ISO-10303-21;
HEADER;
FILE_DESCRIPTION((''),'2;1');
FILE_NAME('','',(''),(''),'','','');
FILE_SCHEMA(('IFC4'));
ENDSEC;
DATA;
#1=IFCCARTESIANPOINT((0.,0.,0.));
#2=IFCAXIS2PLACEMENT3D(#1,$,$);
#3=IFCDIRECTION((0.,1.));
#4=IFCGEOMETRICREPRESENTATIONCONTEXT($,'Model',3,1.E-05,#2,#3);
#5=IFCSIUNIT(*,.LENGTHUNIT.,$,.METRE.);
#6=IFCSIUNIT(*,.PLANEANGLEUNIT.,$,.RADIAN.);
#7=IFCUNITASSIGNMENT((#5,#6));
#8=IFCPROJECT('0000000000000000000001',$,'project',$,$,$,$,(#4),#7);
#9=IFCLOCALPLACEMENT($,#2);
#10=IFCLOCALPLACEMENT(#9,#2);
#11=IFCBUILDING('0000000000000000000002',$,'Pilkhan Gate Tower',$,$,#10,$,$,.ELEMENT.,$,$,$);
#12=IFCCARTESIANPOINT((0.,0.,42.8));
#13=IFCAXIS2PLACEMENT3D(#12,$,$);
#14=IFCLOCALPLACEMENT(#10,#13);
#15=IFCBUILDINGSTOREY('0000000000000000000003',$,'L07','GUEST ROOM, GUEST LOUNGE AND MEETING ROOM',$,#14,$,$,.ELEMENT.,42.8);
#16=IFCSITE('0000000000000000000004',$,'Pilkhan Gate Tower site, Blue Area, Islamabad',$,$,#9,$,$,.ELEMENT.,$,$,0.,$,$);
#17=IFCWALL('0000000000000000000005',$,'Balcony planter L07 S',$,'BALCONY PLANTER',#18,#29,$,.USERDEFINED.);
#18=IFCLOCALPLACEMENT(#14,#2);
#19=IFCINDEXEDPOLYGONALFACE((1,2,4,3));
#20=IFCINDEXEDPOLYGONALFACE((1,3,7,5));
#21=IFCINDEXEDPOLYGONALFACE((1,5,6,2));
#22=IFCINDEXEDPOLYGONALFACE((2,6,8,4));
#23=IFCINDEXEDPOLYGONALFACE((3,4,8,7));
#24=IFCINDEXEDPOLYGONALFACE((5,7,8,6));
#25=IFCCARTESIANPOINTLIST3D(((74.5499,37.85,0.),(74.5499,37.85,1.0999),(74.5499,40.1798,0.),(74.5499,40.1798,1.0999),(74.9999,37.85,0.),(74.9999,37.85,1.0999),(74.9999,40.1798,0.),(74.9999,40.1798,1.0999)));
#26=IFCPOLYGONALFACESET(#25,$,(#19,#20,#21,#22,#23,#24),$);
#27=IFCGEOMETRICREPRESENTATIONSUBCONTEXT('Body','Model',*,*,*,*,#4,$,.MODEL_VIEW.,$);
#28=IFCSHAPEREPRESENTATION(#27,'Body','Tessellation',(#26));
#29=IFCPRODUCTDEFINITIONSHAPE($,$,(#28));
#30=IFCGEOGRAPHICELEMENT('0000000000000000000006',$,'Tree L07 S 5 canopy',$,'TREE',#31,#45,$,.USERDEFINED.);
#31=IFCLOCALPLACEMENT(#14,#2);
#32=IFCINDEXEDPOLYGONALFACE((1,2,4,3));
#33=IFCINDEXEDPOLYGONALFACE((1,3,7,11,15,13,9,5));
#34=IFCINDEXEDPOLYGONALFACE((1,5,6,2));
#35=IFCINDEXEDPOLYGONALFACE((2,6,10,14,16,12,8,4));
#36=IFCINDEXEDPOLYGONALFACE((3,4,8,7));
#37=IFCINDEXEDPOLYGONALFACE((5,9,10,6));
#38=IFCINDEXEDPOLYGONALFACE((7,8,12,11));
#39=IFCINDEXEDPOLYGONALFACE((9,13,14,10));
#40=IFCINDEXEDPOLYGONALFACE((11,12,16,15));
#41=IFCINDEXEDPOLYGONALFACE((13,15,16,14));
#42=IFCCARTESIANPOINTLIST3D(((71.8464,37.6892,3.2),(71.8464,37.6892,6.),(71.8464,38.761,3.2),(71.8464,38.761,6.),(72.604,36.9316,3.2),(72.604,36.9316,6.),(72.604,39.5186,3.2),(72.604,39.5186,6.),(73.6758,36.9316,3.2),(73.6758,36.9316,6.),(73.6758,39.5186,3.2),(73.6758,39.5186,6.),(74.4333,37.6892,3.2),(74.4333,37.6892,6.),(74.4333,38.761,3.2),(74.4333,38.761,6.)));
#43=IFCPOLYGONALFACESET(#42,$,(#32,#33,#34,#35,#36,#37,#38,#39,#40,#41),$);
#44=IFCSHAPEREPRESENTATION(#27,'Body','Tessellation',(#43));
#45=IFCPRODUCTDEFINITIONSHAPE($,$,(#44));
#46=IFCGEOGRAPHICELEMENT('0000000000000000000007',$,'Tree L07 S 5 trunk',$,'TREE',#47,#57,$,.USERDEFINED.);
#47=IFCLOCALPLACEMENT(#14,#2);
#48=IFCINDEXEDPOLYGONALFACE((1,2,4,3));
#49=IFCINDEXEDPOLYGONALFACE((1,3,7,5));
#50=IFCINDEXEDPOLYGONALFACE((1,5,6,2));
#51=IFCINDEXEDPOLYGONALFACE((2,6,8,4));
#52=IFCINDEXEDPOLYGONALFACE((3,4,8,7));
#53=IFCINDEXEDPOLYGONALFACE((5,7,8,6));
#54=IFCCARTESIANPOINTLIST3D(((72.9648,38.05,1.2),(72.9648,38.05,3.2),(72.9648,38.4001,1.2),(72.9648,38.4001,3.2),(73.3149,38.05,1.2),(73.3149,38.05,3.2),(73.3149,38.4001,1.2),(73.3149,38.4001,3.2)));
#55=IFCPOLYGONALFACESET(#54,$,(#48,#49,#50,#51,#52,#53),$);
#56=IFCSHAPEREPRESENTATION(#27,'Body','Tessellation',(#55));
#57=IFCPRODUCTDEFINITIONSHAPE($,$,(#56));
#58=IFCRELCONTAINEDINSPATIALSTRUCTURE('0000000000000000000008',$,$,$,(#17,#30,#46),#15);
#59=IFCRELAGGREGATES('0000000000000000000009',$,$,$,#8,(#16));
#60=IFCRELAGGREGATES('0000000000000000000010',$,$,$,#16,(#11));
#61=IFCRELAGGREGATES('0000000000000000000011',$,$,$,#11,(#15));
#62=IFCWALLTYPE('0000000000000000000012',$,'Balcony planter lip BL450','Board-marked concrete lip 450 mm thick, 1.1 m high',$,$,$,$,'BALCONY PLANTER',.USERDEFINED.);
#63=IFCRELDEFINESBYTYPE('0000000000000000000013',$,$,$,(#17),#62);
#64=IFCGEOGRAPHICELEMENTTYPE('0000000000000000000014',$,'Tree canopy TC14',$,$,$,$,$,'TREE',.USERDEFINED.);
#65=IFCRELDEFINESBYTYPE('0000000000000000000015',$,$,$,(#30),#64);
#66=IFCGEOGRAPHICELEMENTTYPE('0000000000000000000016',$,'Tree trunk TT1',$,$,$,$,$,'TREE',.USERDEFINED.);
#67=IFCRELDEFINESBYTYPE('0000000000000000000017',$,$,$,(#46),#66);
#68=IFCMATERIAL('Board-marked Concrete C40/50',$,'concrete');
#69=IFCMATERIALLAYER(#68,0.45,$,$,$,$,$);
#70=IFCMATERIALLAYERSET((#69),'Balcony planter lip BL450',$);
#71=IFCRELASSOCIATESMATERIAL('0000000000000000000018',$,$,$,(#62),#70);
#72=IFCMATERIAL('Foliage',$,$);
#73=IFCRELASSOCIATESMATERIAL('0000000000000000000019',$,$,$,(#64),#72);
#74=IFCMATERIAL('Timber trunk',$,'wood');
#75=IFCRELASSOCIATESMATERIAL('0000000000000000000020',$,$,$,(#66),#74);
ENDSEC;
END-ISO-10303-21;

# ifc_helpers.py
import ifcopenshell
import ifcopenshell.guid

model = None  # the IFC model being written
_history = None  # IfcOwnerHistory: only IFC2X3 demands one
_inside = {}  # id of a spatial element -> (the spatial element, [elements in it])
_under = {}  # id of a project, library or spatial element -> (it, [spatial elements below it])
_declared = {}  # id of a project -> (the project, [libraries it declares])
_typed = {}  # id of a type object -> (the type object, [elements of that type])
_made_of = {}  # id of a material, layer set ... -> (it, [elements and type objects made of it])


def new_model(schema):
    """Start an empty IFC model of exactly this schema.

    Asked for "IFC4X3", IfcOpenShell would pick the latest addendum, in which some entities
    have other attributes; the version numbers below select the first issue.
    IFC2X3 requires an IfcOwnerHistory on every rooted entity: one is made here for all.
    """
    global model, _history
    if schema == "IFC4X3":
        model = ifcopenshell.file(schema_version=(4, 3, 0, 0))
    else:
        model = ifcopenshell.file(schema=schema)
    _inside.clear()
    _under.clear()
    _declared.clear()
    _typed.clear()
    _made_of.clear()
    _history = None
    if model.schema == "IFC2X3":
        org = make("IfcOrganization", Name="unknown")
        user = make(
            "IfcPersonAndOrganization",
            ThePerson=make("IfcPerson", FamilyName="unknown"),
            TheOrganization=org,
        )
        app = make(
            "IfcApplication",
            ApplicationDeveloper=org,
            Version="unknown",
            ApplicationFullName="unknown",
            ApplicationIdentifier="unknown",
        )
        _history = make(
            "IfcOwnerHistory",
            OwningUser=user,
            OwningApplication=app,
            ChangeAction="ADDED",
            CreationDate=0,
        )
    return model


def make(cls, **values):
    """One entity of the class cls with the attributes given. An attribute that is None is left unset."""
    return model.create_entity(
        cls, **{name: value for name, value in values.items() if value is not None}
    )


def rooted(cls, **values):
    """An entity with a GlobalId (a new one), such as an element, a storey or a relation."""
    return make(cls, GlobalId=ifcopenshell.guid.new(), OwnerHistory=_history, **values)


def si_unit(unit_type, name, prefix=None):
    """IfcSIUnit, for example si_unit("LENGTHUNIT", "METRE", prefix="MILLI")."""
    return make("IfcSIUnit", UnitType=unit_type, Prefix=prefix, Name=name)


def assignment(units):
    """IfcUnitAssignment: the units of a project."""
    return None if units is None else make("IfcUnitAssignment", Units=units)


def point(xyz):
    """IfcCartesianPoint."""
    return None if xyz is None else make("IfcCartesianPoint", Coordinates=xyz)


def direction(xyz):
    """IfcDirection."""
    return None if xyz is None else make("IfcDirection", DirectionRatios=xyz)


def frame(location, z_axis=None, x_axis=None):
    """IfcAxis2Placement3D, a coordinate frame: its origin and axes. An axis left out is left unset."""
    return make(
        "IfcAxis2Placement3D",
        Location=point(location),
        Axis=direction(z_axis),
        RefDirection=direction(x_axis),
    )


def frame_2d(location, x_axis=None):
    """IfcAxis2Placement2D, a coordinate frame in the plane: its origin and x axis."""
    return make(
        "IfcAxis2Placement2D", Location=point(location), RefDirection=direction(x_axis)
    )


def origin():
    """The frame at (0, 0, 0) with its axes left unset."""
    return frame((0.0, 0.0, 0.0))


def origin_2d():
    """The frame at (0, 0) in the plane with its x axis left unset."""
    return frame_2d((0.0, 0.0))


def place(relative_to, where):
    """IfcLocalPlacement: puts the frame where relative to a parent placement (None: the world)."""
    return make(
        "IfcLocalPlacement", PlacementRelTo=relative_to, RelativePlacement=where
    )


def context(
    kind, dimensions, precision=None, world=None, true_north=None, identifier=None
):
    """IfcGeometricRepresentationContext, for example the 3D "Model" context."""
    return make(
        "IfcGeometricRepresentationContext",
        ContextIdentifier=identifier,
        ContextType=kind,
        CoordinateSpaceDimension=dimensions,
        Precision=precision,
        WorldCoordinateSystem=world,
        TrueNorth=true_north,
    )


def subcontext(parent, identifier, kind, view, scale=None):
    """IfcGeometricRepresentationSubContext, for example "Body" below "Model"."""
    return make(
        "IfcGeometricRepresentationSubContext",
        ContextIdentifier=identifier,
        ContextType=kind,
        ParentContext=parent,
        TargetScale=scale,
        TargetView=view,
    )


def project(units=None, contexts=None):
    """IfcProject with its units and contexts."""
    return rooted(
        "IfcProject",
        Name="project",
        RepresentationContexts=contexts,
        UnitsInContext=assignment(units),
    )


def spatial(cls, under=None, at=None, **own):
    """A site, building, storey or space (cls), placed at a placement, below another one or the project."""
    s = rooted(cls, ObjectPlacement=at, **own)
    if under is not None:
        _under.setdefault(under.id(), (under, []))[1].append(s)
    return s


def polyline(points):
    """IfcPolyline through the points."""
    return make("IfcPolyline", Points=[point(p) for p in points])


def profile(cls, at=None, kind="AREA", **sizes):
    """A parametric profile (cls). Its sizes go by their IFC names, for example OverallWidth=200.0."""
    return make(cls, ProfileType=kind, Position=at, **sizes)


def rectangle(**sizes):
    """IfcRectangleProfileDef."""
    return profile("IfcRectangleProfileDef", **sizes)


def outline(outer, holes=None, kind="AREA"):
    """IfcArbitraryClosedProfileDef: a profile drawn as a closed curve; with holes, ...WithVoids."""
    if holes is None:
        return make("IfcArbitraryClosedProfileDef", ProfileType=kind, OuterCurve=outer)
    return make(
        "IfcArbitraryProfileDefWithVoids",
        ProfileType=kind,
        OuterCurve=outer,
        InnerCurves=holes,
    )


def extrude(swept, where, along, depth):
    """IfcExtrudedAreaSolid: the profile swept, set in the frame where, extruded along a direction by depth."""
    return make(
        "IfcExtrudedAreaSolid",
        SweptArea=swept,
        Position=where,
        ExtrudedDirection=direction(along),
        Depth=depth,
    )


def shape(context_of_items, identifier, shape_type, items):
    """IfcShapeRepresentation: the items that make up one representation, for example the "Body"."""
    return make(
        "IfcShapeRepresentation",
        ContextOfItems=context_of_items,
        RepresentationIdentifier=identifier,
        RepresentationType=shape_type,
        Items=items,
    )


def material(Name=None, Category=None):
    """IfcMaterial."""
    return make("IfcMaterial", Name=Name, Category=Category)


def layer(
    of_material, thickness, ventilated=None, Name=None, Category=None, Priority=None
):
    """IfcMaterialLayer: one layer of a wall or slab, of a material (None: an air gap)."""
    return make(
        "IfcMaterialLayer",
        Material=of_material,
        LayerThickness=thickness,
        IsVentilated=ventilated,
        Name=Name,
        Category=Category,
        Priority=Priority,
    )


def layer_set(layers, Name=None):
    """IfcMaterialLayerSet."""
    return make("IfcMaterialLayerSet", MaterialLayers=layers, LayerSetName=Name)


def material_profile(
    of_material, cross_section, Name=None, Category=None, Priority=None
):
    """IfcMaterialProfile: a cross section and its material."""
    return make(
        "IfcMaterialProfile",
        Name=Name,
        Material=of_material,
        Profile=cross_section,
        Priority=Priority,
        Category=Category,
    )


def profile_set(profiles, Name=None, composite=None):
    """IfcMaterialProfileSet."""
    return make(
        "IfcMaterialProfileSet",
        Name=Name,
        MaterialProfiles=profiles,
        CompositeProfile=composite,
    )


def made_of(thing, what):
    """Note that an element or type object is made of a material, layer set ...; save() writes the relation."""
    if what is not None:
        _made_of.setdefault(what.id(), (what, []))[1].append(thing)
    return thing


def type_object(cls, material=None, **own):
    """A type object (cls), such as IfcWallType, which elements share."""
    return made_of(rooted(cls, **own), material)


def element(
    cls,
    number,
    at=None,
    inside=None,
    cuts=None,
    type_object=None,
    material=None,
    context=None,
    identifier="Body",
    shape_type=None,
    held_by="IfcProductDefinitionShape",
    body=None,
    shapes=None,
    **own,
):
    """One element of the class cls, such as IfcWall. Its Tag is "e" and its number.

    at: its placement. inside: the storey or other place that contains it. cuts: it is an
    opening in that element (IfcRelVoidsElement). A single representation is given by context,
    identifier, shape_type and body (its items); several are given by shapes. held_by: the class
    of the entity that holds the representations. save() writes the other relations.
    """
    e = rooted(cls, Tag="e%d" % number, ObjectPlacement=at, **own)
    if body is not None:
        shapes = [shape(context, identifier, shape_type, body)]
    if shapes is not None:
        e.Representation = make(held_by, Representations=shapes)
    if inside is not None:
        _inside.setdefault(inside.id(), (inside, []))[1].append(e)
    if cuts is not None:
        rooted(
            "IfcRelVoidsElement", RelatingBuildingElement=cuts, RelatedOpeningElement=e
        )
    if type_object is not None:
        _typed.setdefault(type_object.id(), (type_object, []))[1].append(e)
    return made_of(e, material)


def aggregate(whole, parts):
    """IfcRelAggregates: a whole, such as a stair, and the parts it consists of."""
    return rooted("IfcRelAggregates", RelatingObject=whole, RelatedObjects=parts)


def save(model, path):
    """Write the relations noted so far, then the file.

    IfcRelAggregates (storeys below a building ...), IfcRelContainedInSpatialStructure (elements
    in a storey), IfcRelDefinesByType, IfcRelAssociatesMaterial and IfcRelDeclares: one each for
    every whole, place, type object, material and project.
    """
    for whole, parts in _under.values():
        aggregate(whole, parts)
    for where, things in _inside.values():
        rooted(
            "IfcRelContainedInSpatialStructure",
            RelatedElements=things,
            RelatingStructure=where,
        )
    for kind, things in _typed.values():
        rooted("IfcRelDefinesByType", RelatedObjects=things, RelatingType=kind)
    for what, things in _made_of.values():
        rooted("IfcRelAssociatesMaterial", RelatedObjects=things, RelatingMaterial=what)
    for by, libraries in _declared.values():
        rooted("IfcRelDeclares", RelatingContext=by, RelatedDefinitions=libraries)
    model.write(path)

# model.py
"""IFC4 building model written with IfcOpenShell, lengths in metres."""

from ifc_helpers import new_model, si_unit, direction, frame, frame_2d, origin, origin_2d, place, context, subcontext, project, spatial, polyline, rectangle, outline, extrude, material, layer, layer_set, material_profile, profile_set, type_object, element, save


model = new_model("IFC4")

# Units and contexts
model_context = context("Model", 3, precision=1e-05, world=origin(), true_north=direction((0.0, 1.0)))
body_context = subcontext(model_context, "Body", "Model", "MODEL_VIEW")
ifc_project = project(units=[si_unit("LENGTHUNIT", "METRE"), si_unit("PLANEANGLEUNIT", "RADIAN")], contexts=[model_context])

# Site, building, storey
site_placement = place(None, origin())
site = spatial("IfcSite", under=ifc_project, at=site_placement, Name="Pilkhan Gate Tower site, Blue Area, Islamabad", CompositionType="ELEMENT", RefElevation=0.0)
building_placement = place(site_placement, origin())
building = spatial("IfcBuilding", under=site, at=building_placement, Name="Pilkhan Gate Tower", CompositionType="ELEMENT")
storey_placement = place(building_placement, frame((0.0, 0.0, 42.8)))
storey = spatial("IfcBuildingStorey", under=building, at=storey_placement, Name="L07", Description="GUEST ROOM, GUEST LOUNGE AND MEETING ROOM", CompositionType="ELEMENT", Elevation=42.8)

# Wall
ifc_material_1 = material(Name="Board-marked Concrete C40/50", Category="concrete")
ifc_layer_1 = layer(ifc_material_1, 0.45)
ifc_layer_set_1 = layer_set([ifc_layer_1], Name="Balcony planter lip BL450")
wall_type_1 = type_object("IfcWallType", Name="Balcony planter lip BL450", Description="Board-marked concrete lip 450 mm thick, 1.1 m high", ElementType="BALCONY PLANTER", PredefinedType="USERDEFINED", material=ifc_layer_set_1)
wall_1_placement = place(storey_placement, frame((74.7749, 40.1799, 0.0), z_axis=(0.0, 0.0, 1.0), x_axis=(0.0, -1.0, 0.0)))
element("IfcWall", 1, at=wall_1_placement, inside=storey, type_object=wall_type_1, Name="Balcony planter L07 S", ObjectType="BALCONY PLANTER", PredefinedType="USERDEFINED", context=body_context, shape_type="SweptSolid", body=[
    extrude(rectangle(XDim=2.3298, YDim=0.45, at=frame_2d((1.165, 0.0))), origin(), (0.0, 0.0, 1.0), 1.0999),
])

# Geographic elements
ifc_material_2 = material(Name="Foliage")
ifc_material_profile_1 = material_profile(ifc_material_2, outline(polyline([(1.2935, 0.5359), (0.5359, 1.2935), (-0.5359, 1.2935), (-1.2935, 0.5359), (-1.2935, -0.5359), (-0.5359, -1.2935), (0.5359, -1.2935), (1.2935, -0.5359), (1.2935, 0.5359)])), Name="Canopy D2.8")
ifc_profile_set_1 = profile_set([ifc_material_profile_1], Name="Foliage")
geographic_element_type_1 = type_object("IfcGeographicElementType", Name="Tree canopy TC14", ElementType="TREE", PredefinedType="USERDEFINED", material=ifc_profile_set_1)
geographic_element_1_placement = place(storey_placement, frame((73.1399, 38.2251, 3.2), z_axis=(0.0, 0.0, 1.0), x_axis=(1.0, 0.0, 0.0)))
element("IfcGeographicElement", 2, at=geographic_element_1_placement, inside=storey, type_object=geographic_element_type_1, Name="Tree L07 S 5 canopy", ObjectType="TREE", PredefinedType="USERDEFINED", context=body_context, shape_type="SweptSolid", body=[
    extrude(outline(polyline([(1.2935, 0.5359), (0.5359, 1.2935), (-0.5359, 1.2935), (-1.2935, 0.5359), (-1.2935, -0.5359), (-0.5359, -1.2935), (0.5359, -1.2935), (1.2935, -0.5359), (1.2935, 0.5359)])), origin(), (0.0, 0.0, 1.0), 2.8),
])
ifc_material_3 = material(Name="Timber trunk", Category="wood")
geographic_element_type_2 = type_object("IfcGeographicElementType", Name="Tree trunk TT1", ElementType="TREE", PredefinedType="USERDEFINED", material=ifc_material_3)
geographic_element_2_placement = place(storey_placement, frame((73.1399, 38.2251, 1.2), z_axis=(0.0, 0.0, 1.0), x_axis=(1.0, 0.0, 0.0)))
element("IfcGeographicElement", 3, at=geographic_element_2_placement, inside=storey, type_object=geographic_element_type_2, Name="Tree L07 S 5 trunk", ObjectType="TREE", PredefinedType="USERDEFINED", context=body_context, shape_type="SweptSolid", body=[
    extrude(rectangle(XDim=0.3501, YDim=0.3501, at=origin_2d()), origin(), (0.0, 0.0, 1.0), 2.0),
])

save(model, "model.ifc")
